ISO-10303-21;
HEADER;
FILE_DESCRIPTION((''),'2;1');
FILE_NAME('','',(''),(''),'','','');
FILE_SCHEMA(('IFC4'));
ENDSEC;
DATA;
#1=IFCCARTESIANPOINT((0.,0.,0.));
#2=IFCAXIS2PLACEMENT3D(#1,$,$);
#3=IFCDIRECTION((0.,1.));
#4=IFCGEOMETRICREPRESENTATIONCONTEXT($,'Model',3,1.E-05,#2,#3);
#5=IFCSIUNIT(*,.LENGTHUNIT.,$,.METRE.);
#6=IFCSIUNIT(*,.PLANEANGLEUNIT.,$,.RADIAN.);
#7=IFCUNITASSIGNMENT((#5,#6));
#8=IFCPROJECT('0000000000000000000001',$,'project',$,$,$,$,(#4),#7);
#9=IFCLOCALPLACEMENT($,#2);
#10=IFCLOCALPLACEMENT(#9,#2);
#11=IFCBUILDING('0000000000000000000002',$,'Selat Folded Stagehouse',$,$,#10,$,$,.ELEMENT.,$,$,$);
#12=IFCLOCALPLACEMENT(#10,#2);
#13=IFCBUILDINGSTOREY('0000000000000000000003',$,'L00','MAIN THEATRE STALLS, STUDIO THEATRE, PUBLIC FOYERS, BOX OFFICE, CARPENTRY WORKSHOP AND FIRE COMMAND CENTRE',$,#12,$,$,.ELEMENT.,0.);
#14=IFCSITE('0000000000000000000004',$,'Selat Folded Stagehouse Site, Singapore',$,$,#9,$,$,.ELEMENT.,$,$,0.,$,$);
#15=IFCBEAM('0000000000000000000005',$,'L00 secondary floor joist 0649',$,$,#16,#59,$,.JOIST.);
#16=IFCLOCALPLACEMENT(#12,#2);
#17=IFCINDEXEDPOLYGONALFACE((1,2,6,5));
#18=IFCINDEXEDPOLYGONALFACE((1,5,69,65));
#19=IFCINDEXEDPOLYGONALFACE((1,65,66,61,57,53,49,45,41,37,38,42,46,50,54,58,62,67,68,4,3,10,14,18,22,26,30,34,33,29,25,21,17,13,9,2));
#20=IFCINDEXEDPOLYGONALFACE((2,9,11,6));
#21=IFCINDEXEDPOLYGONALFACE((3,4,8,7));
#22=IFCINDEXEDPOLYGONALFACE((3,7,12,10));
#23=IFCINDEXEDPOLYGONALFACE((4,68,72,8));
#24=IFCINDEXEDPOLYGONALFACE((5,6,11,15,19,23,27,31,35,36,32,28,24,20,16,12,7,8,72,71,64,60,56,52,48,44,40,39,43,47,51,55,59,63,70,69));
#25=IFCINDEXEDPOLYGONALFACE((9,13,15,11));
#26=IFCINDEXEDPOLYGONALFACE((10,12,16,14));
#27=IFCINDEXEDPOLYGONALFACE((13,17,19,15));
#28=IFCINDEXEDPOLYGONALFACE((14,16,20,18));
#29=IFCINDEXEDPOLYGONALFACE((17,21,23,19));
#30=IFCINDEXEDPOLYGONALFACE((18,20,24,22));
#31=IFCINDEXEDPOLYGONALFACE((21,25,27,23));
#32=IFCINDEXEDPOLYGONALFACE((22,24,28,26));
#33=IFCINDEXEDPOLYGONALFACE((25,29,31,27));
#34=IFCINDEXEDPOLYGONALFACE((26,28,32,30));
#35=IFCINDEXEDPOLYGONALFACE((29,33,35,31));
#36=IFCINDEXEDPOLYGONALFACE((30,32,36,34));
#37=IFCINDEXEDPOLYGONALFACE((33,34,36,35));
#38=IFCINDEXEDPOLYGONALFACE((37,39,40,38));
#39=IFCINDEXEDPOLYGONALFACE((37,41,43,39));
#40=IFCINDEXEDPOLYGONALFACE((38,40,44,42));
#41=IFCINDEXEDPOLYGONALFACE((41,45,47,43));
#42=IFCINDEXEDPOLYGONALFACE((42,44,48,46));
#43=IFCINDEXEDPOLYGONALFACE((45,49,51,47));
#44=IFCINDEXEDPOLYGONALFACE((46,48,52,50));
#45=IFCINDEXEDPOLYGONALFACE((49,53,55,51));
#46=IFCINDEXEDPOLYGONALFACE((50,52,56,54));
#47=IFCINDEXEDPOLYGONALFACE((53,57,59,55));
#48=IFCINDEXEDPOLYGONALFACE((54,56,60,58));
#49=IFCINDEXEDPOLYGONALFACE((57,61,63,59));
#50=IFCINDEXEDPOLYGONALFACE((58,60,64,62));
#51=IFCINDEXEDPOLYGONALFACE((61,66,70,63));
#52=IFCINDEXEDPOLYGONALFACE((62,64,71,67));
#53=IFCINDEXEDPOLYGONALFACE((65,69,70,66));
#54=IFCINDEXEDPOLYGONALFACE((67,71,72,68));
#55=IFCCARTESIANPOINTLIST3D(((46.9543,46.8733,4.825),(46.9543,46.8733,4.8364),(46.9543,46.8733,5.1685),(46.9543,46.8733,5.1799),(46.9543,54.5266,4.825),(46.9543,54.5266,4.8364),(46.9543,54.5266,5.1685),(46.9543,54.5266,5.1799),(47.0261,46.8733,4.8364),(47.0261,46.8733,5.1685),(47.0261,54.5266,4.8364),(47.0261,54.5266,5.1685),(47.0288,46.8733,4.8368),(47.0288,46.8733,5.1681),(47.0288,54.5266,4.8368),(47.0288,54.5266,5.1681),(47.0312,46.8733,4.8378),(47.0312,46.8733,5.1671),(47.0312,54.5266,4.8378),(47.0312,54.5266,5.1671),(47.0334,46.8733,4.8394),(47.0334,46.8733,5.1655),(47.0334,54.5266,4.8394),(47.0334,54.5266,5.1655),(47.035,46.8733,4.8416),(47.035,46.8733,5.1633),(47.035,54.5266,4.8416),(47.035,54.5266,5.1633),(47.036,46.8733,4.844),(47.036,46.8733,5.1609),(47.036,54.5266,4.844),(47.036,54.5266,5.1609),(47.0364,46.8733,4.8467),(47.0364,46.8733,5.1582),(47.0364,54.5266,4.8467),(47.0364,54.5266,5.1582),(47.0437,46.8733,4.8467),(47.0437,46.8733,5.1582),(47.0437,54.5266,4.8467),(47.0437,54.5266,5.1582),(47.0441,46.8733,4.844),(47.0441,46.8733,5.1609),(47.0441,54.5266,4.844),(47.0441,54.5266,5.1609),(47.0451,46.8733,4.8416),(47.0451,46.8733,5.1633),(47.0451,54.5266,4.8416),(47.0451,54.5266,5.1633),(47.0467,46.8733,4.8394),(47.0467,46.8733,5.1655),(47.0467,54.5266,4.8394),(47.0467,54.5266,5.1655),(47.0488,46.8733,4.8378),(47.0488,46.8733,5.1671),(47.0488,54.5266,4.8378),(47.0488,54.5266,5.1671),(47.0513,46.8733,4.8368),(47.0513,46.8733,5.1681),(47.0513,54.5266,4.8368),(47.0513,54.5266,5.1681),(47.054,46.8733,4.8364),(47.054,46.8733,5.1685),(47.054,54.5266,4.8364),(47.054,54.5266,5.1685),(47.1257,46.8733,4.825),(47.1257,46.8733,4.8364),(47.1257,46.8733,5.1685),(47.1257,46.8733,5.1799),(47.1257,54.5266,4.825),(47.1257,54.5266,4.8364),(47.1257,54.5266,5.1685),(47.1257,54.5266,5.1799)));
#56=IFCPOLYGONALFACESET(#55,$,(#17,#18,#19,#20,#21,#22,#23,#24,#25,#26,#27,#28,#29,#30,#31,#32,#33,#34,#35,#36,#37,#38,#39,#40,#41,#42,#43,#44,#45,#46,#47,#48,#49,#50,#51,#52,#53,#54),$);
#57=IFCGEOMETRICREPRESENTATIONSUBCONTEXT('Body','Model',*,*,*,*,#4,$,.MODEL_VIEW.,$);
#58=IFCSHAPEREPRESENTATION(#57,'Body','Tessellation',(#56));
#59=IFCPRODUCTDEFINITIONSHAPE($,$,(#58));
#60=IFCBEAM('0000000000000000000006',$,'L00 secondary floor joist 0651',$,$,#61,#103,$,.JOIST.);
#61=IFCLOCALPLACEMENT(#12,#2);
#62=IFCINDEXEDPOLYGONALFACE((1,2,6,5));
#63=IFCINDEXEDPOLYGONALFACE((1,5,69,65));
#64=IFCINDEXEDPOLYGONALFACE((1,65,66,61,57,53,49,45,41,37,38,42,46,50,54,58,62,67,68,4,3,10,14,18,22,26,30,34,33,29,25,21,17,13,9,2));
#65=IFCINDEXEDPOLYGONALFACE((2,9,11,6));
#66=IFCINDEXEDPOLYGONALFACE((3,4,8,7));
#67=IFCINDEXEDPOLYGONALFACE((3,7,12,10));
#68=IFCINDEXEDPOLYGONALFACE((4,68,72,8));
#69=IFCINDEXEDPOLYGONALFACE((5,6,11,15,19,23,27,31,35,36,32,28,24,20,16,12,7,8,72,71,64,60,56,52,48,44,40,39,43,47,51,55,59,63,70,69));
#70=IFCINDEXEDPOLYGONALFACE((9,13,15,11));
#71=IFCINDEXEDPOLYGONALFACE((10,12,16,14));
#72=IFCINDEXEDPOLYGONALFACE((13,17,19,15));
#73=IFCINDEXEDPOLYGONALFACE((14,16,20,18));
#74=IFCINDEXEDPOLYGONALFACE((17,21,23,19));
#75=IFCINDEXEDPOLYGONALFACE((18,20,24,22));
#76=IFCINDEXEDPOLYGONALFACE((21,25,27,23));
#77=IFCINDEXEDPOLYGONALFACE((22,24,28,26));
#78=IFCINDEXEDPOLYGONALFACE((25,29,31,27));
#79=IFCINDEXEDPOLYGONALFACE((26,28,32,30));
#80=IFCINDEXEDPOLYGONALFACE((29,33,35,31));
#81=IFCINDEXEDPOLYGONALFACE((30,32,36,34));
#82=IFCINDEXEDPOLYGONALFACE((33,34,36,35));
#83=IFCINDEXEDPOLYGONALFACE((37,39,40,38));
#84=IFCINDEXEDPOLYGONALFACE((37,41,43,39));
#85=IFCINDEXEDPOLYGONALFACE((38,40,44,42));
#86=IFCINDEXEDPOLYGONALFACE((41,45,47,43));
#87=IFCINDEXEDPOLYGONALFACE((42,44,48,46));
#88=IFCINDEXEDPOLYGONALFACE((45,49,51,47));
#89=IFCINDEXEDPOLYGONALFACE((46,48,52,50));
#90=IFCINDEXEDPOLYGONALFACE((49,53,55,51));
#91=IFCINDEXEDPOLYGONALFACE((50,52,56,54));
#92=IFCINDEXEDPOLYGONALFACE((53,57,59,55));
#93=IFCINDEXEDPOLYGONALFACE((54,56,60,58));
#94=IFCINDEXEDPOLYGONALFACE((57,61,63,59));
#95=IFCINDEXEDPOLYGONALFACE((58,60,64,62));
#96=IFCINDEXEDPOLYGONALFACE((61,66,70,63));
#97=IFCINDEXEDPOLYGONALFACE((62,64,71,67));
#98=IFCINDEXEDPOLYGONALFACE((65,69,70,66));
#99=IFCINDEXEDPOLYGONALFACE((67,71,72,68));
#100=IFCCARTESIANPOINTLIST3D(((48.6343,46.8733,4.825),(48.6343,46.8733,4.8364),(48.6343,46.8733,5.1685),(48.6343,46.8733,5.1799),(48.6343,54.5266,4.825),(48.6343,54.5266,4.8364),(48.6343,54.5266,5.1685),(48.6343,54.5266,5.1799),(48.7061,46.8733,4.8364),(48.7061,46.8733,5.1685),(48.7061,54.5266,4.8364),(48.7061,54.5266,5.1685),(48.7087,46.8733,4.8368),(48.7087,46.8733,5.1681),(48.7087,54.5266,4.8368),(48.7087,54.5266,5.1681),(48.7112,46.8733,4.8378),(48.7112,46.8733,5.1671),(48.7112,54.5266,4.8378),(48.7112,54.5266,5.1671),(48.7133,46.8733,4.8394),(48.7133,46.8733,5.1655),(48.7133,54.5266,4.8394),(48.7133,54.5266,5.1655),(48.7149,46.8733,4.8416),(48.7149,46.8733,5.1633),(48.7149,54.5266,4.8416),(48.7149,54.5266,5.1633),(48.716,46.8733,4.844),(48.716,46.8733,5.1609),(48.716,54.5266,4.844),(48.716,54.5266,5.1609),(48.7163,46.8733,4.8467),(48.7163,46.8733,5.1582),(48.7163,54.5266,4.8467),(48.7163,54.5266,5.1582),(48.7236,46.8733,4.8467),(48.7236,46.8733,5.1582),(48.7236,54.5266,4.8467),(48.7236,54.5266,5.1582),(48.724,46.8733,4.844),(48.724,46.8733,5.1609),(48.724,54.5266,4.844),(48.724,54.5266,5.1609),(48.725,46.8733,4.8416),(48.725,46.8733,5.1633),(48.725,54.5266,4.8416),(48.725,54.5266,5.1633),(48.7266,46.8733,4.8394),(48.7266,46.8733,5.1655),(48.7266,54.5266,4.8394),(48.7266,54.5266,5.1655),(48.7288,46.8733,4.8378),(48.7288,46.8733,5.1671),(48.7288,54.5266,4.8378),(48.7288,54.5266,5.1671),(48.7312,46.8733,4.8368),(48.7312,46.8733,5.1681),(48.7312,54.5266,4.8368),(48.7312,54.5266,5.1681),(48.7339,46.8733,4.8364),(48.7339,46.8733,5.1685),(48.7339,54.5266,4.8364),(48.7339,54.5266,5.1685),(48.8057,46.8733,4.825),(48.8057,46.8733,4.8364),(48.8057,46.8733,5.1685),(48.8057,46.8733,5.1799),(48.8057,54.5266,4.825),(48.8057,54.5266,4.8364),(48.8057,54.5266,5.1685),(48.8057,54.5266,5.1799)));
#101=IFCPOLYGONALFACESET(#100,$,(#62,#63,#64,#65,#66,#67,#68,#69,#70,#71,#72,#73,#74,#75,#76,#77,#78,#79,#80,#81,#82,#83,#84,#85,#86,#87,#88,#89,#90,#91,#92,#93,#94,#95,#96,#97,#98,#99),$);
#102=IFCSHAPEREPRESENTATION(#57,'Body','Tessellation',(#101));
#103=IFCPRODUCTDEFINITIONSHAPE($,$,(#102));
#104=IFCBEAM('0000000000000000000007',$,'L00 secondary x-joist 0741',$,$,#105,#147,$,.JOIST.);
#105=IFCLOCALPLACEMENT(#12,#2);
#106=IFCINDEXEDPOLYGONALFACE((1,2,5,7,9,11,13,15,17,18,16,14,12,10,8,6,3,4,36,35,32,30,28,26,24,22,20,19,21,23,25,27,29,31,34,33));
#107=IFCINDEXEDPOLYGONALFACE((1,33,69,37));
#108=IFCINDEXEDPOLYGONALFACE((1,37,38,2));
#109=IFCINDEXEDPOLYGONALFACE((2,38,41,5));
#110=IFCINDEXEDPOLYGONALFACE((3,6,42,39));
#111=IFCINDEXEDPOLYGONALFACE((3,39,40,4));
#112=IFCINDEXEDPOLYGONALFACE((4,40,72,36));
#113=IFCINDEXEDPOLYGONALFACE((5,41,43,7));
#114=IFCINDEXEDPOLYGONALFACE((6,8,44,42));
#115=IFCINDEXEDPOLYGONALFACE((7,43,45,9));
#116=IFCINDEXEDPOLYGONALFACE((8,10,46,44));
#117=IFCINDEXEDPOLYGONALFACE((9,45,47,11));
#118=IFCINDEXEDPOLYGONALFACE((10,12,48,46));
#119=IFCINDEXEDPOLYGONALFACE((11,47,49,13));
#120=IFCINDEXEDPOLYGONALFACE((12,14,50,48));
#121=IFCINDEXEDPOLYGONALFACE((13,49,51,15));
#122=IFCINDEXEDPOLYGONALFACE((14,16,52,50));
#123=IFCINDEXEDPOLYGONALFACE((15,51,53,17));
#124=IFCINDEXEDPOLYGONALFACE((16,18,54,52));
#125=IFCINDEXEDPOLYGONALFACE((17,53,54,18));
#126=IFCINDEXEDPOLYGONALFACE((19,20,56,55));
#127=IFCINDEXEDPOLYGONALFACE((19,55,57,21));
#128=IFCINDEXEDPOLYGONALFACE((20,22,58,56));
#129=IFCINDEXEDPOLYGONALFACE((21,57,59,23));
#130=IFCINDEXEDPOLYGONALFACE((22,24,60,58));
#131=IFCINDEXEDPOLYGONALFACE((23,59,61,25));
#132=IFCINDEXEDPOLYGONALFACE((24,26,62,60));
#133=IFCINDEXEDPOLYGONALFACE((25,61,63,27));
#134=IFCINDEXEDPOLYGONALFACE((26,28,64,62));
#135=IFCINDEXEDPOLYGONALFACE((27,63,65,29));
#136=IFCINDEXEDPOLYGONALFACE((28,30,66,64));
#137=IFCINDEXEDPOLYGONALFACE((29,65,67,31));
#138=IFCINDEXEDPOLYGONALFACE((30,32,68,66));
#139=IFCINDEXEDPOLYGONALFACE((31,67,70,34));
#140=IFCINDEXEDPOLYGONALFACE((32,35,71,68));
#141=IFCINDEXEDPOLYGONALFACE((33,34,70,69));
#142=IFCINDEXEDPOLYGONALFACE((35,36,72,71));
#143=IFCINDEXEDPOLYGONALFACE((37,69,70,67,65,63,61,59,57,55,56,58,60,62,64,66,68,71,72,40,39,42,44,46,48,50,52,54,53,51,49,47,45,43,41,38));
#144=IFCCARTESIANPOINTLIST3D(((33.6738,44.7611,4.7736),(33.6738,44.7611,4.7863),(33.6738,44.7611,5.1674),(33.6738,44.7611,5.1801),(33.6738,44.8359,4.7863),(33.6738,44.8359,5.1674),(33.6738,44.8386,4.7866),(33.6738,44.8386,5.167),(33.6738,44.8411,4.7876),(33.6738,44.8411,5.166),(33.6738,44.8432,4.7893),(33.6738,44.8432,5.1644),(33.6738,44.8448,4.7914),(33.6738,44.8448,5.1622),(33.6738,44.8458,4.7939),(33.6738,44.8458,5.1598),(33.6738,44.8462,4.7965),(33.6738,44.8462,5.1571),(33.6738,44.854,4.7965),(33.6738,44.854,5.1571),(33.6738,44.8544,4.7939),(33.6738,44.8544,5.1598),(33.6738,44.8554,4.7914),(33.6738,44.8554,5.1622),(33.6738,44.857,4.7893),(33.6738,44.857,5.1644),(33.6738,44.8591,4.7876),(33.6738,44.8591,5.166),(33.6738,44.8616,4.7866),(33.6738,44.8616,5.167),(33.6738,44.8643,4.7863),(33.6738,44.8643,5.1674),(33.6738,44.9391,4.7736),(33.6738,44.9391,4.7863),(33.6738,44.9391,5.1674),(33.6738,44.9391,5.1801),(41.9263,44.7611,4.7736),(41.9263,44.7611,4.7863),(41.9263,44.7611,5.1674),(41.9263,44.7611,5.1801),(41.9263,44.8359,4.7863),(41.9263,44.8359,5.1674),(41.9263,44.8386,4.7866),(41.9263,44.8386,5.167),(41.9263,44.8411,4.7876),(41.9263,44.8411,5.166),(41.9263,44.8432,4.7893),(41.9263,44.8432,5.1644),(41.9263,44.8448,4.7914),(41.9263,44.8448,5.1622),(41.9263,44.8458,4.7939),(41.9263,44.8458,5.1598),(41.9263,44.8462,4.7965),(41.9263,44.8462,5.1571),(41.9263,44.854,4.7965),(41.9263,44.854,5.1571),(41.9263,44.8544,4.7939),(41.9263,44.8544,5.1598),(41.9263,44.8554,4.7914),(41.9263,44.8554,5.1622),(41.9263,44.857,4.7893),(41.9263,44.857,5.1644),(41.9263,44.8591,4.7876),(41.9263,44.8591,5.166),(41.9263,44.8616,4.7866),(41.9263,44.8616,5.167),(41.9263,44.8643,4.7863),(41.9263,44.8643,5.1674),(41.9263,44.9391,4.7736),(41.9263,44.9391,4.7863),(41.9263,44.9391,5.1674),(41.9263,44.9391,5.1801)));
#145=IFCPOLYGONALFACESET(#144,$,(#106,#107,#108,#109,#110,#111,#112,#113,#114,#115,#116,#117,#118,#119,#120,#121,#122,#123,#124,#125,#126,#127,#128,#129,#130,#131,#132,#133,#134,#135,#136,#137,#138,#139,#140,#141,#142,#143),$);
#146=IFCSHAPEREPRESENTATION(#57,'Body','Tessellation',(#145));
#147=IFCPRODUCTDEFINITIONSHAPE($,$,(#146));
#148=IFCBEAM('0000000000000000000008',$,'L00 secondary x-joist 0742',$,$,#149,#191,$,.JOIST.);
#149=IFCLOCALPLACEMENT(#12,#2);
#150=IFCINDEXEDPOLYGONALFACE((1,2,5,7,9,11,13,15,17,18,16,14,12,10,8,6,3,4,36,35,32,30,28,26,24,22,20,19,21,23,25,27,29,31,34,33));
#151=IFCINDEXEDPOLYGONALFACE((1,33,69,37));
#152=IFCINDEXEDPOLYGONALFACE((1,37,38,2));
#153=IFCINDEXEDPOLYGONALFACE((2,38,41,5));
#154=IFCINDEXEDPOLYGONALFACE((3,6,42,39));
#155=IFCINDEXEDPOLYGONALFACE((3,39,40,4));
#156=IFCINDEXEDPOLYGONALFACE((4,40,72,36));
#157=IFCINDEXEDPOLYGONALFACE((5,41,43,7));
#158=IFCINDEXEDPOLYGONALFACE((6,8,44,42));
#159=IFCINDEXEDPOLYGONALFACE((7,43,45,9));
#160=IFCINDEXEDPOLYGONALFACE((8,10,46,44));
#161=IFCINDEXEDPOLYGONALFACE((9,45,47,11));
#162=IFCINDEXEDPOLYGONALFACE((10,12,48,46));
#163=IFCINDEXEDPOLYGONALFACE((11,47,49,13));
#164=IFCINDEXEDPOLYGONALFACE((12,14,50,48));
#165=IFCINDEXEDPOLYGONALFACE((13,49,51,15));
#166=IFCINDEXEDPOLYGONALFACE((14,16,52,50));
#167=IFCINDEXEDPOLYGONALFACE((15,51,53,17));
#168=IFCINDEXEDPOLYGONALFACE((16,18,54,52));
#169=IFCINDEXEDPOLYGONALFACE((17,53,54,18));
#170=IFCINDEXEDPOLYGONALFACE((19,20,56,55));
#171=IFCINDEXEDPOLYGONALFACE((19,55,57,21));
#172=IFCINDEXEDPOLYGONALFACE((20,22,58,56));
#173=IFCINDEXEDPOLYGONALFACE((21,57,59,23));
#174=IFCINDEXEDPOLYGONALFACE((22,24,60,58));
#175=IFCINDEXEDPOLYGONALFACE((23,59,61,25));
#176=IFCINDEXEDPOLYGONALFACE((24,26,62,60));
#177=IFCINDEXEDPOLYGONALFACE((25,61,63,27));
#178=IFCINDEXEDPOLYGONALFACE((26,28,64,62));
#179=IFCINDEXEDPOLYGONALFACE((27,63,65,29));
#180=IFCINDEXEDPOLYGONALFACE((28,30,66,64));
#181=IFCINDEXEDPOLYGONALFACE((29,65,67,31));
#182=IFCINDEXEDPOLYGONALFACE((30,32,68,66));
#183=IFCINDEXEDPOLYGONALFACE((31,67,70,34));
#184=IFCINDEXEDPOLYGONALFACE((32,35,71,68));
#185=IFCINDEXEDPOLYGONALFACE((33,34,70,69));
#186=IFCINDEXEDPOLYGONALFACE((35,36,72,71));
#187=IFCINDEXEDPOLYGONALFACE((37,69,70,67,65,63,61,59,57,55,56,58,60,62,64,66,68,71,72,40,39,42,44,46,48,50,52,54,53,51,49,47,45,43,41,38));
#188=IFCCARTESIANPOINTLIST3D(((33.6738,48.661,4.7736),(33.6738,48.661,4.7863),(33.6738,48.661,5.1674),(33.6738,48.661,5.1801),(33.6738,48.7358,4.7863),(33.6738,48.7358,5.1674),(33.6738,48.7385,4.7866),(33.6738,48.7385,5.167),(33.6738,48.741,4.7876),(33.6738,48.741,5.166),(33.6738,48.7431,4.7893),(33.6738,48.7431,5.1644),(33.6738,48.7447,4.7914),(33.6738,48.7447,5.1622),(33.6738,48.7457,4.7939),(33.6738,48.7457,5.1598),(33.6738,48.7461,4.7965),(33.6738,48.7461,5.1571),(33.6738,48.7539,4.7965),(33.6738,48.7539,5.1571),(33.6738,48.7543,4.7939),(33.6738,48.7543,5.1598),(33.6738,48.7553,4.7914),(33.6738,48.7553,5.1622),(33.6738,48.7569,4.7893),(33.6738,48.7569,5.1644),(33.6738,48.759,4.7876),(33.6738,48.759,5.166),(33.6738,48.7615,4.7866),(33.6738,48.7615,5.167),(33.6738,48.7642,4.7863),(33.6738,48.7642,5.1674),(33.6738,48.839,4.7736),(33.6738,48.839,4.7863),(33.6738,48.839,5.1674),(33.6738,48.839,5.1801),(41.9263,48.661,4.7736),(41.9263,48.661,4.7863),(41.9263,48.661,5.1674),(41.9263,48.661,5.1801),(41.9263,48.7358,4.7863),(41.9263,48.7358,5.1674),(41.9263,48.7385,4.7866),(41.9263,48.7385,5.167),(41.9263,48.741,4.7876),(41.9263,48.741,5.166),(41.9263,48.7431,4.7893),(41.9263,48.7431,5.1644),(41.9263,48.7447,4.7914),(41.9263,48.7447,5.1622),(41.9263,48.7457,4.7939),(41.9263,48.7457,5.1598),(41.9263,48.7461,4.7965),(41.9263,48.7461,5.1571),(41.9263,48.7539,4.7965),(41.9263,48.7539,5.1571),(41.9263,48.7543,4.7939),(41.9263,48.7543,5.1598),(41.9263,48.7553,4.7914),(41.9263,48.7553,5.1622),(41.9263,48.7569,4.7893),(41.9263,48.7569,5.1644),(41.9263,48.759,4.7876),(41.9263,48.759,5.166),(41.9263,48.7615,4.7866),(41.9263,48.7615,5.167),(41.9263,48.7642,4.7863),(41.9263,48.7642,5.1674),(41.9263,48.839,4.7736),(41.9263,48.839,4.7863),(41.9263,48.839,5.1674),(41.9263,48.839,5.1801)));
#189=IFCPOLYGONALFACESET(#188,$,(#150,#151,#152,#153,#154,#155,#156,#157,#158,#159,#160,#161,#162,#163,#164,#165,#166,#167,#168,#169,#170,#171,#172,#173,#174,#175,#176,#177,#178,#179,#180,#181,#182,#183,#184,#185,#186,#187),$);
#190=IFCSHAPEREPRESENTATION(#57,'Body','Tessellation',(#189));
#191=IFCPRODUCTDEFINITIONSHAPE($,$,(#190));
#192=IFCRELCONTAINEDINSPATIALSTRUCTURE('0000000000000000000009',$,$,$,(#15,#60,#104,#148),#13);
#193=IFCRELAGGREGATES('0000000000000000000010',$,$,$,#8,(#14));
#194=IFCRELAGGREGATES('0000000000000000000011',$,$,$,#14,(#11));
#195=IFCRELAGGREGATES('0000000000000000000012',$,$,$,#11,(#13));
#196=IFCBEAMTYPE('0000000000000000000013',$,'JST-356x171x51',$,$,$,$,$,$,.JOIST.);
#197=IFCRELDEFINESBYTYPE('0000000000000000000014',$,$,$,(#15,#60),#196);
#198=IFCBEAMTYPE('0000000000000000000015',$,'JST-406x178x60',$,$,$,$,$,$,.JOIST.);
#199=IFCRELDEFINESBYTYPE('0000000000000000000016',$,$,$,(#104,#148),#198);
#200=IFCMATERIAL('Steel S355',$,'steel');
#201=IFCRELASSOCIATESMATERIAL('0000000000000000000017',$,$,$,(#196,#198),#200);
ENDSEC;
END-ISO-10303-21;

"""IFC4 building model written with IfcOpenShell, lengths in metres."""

from ifc_helpers import new_model, si_unit, direction, frame, origin, origin_2d, place, context, subcontext, project, spatial, i_section, extrude, material, material_profile, profile_set, type_object, element, save


model = new_model("IFC4")

# Units and contexts
model_context = context("Model", 3, precision=1e-05, world=origin(), true_north=direction((0.0, 1.0)))
body_context = subcontext(model_context, "Body", "Model", "MODEL_VIEW")
ifc_project = project(units=[si_unit("LENGTHUNIT", "METRE"), si_unit("PLANEANGLEUNIT", "RADIAN")], contexts=[model_context])

# Site, building, storey
site_placement = place(None, origin())
site = spatial("IfcSite", under=ifc_project, at=site_placement, Name="Selat Folded Stagehouse Site, Singapore", CompositionType="ELEMENT", RefElevation=0.0)
building_placement = place(site_placement, origin())
building = spatial("IfcBuilding", under=site, at=building_placement, Name="Selat Folded Stagehouse", CompositionType="ELEMENT")
storey_placement = place(building_placement, origin())
storey = spatial("IfcBuildingStorey", under=building, at=storey_placement, Name="L00", Description="MAIN THEATRE STALLS, STUDIO THEATRE, PUBLIC FOYERS, BOX OFFICE, CARPENTRY WORKSHOP AND FIRE COMMAND CENTRE", CompositionType="ELEMENT", Elevation=0.0)

# Shared definitions
ifc_material_1 = material(Name="Steel S355", Category="steel")

# Beams
ifc_material_profile_1 = material_profile(ifc_material_1, i_section(OverallWidth=0.1714, OverallDepth=0.355, WebThickness=0.0073, FlangeThickness=0.0115, FilletRadius=0.0103, at=origin_2d()), Name="UKB 356x171x51")
ifc_profile_set_1 = profile_set([ifc_material_profile_1], Name="Steel S355")
beam_type_1 = type_object("IfcBeamType", Name="JST-356x171x51", PredefinedType="JOIST", material=ifc_profile_set_1)
for number, where, z_axis, x_axis, name in (
    (1, (47.04, 46.8733, 5.0024), (0.0, 1.0, 0.0), (-1.0, 0.0, 0.0), "L00 secondary floor joist 0649"),
    (2, (48.72, 46.8733, 5.0024), (0.0, 1.0, 0.0), (-1.0, 0.0, 0.0), "L00 secondary floor joist 0651"),
):
    element("IfcBeam", number, at=place(storey_placement, frame(where, z_axis=z_axis, x_axis=x_axis)), inside=storey, type_object=beam_type_1, Name=name, PredefinedType="JOIST", context=body_context, shape_type="SweptSolid", body=[
        extrude(i_section(OverallWidth=0.1714, OverallDepth=0.355, WebThickness=0.0073, FlangeThickness=0.0115, FilletRadius=0.0103, at=origin_2d()), origin(), (0.0, 0.0, 1.0), 7.6533),
    ])
ifc_material_profile_2 = material_profile(ifc_material_1, i_section(OverallWidth=0.178, OverallDepth=0.4065, WebThickness=0.0078, FlangeThickness=0.0127, FilletRadius=0.0103, at=origin_2d()), Name="UKB 406x178x60")
ifc_profile_set_2 = profile_set([ifc_material_profile_2], Name="Steel S355")
beam_type_2 = type_object("IfcBeamType", Name="JST-406x178x60", PredefinedType="JOIST", material=ifc_profile_set_2)
for number, where, z_axis, x_axis, name in (
    (3, (33.6738, 44.8501, 4.9768), (1.0, 0.0, 0.0), (0.0, 1.0, 0.0), "L00 secondary x-joist 0741"),
    (4, (33.6738, 48.75, 4.9768), (1.0, 0.0, 0.0), (0.0, 1.0, 0.0), "L00 secondary x-joist 0742"),
):
    element("IfcBeam", number, at=place(storey_placement, frame(where, z_axis=z_axis, x_axis=x_axis)), inside=storey, type_object=beam_type_2, Name=name, PredefinedType="JOIST", context=body_context, shape_type="SweptSolid", body=[
        extrude(i_section(OverallWidth=0.178, OverallDepth=0.4065, WebThickness=0.0078, FlangeThickness=0.0127, FilletRadius=0.0103, at=origin_2d()), origin(), (0.0, 0.0, 1.0), 8.2524),
    ])

save(model, "model.ifc")
